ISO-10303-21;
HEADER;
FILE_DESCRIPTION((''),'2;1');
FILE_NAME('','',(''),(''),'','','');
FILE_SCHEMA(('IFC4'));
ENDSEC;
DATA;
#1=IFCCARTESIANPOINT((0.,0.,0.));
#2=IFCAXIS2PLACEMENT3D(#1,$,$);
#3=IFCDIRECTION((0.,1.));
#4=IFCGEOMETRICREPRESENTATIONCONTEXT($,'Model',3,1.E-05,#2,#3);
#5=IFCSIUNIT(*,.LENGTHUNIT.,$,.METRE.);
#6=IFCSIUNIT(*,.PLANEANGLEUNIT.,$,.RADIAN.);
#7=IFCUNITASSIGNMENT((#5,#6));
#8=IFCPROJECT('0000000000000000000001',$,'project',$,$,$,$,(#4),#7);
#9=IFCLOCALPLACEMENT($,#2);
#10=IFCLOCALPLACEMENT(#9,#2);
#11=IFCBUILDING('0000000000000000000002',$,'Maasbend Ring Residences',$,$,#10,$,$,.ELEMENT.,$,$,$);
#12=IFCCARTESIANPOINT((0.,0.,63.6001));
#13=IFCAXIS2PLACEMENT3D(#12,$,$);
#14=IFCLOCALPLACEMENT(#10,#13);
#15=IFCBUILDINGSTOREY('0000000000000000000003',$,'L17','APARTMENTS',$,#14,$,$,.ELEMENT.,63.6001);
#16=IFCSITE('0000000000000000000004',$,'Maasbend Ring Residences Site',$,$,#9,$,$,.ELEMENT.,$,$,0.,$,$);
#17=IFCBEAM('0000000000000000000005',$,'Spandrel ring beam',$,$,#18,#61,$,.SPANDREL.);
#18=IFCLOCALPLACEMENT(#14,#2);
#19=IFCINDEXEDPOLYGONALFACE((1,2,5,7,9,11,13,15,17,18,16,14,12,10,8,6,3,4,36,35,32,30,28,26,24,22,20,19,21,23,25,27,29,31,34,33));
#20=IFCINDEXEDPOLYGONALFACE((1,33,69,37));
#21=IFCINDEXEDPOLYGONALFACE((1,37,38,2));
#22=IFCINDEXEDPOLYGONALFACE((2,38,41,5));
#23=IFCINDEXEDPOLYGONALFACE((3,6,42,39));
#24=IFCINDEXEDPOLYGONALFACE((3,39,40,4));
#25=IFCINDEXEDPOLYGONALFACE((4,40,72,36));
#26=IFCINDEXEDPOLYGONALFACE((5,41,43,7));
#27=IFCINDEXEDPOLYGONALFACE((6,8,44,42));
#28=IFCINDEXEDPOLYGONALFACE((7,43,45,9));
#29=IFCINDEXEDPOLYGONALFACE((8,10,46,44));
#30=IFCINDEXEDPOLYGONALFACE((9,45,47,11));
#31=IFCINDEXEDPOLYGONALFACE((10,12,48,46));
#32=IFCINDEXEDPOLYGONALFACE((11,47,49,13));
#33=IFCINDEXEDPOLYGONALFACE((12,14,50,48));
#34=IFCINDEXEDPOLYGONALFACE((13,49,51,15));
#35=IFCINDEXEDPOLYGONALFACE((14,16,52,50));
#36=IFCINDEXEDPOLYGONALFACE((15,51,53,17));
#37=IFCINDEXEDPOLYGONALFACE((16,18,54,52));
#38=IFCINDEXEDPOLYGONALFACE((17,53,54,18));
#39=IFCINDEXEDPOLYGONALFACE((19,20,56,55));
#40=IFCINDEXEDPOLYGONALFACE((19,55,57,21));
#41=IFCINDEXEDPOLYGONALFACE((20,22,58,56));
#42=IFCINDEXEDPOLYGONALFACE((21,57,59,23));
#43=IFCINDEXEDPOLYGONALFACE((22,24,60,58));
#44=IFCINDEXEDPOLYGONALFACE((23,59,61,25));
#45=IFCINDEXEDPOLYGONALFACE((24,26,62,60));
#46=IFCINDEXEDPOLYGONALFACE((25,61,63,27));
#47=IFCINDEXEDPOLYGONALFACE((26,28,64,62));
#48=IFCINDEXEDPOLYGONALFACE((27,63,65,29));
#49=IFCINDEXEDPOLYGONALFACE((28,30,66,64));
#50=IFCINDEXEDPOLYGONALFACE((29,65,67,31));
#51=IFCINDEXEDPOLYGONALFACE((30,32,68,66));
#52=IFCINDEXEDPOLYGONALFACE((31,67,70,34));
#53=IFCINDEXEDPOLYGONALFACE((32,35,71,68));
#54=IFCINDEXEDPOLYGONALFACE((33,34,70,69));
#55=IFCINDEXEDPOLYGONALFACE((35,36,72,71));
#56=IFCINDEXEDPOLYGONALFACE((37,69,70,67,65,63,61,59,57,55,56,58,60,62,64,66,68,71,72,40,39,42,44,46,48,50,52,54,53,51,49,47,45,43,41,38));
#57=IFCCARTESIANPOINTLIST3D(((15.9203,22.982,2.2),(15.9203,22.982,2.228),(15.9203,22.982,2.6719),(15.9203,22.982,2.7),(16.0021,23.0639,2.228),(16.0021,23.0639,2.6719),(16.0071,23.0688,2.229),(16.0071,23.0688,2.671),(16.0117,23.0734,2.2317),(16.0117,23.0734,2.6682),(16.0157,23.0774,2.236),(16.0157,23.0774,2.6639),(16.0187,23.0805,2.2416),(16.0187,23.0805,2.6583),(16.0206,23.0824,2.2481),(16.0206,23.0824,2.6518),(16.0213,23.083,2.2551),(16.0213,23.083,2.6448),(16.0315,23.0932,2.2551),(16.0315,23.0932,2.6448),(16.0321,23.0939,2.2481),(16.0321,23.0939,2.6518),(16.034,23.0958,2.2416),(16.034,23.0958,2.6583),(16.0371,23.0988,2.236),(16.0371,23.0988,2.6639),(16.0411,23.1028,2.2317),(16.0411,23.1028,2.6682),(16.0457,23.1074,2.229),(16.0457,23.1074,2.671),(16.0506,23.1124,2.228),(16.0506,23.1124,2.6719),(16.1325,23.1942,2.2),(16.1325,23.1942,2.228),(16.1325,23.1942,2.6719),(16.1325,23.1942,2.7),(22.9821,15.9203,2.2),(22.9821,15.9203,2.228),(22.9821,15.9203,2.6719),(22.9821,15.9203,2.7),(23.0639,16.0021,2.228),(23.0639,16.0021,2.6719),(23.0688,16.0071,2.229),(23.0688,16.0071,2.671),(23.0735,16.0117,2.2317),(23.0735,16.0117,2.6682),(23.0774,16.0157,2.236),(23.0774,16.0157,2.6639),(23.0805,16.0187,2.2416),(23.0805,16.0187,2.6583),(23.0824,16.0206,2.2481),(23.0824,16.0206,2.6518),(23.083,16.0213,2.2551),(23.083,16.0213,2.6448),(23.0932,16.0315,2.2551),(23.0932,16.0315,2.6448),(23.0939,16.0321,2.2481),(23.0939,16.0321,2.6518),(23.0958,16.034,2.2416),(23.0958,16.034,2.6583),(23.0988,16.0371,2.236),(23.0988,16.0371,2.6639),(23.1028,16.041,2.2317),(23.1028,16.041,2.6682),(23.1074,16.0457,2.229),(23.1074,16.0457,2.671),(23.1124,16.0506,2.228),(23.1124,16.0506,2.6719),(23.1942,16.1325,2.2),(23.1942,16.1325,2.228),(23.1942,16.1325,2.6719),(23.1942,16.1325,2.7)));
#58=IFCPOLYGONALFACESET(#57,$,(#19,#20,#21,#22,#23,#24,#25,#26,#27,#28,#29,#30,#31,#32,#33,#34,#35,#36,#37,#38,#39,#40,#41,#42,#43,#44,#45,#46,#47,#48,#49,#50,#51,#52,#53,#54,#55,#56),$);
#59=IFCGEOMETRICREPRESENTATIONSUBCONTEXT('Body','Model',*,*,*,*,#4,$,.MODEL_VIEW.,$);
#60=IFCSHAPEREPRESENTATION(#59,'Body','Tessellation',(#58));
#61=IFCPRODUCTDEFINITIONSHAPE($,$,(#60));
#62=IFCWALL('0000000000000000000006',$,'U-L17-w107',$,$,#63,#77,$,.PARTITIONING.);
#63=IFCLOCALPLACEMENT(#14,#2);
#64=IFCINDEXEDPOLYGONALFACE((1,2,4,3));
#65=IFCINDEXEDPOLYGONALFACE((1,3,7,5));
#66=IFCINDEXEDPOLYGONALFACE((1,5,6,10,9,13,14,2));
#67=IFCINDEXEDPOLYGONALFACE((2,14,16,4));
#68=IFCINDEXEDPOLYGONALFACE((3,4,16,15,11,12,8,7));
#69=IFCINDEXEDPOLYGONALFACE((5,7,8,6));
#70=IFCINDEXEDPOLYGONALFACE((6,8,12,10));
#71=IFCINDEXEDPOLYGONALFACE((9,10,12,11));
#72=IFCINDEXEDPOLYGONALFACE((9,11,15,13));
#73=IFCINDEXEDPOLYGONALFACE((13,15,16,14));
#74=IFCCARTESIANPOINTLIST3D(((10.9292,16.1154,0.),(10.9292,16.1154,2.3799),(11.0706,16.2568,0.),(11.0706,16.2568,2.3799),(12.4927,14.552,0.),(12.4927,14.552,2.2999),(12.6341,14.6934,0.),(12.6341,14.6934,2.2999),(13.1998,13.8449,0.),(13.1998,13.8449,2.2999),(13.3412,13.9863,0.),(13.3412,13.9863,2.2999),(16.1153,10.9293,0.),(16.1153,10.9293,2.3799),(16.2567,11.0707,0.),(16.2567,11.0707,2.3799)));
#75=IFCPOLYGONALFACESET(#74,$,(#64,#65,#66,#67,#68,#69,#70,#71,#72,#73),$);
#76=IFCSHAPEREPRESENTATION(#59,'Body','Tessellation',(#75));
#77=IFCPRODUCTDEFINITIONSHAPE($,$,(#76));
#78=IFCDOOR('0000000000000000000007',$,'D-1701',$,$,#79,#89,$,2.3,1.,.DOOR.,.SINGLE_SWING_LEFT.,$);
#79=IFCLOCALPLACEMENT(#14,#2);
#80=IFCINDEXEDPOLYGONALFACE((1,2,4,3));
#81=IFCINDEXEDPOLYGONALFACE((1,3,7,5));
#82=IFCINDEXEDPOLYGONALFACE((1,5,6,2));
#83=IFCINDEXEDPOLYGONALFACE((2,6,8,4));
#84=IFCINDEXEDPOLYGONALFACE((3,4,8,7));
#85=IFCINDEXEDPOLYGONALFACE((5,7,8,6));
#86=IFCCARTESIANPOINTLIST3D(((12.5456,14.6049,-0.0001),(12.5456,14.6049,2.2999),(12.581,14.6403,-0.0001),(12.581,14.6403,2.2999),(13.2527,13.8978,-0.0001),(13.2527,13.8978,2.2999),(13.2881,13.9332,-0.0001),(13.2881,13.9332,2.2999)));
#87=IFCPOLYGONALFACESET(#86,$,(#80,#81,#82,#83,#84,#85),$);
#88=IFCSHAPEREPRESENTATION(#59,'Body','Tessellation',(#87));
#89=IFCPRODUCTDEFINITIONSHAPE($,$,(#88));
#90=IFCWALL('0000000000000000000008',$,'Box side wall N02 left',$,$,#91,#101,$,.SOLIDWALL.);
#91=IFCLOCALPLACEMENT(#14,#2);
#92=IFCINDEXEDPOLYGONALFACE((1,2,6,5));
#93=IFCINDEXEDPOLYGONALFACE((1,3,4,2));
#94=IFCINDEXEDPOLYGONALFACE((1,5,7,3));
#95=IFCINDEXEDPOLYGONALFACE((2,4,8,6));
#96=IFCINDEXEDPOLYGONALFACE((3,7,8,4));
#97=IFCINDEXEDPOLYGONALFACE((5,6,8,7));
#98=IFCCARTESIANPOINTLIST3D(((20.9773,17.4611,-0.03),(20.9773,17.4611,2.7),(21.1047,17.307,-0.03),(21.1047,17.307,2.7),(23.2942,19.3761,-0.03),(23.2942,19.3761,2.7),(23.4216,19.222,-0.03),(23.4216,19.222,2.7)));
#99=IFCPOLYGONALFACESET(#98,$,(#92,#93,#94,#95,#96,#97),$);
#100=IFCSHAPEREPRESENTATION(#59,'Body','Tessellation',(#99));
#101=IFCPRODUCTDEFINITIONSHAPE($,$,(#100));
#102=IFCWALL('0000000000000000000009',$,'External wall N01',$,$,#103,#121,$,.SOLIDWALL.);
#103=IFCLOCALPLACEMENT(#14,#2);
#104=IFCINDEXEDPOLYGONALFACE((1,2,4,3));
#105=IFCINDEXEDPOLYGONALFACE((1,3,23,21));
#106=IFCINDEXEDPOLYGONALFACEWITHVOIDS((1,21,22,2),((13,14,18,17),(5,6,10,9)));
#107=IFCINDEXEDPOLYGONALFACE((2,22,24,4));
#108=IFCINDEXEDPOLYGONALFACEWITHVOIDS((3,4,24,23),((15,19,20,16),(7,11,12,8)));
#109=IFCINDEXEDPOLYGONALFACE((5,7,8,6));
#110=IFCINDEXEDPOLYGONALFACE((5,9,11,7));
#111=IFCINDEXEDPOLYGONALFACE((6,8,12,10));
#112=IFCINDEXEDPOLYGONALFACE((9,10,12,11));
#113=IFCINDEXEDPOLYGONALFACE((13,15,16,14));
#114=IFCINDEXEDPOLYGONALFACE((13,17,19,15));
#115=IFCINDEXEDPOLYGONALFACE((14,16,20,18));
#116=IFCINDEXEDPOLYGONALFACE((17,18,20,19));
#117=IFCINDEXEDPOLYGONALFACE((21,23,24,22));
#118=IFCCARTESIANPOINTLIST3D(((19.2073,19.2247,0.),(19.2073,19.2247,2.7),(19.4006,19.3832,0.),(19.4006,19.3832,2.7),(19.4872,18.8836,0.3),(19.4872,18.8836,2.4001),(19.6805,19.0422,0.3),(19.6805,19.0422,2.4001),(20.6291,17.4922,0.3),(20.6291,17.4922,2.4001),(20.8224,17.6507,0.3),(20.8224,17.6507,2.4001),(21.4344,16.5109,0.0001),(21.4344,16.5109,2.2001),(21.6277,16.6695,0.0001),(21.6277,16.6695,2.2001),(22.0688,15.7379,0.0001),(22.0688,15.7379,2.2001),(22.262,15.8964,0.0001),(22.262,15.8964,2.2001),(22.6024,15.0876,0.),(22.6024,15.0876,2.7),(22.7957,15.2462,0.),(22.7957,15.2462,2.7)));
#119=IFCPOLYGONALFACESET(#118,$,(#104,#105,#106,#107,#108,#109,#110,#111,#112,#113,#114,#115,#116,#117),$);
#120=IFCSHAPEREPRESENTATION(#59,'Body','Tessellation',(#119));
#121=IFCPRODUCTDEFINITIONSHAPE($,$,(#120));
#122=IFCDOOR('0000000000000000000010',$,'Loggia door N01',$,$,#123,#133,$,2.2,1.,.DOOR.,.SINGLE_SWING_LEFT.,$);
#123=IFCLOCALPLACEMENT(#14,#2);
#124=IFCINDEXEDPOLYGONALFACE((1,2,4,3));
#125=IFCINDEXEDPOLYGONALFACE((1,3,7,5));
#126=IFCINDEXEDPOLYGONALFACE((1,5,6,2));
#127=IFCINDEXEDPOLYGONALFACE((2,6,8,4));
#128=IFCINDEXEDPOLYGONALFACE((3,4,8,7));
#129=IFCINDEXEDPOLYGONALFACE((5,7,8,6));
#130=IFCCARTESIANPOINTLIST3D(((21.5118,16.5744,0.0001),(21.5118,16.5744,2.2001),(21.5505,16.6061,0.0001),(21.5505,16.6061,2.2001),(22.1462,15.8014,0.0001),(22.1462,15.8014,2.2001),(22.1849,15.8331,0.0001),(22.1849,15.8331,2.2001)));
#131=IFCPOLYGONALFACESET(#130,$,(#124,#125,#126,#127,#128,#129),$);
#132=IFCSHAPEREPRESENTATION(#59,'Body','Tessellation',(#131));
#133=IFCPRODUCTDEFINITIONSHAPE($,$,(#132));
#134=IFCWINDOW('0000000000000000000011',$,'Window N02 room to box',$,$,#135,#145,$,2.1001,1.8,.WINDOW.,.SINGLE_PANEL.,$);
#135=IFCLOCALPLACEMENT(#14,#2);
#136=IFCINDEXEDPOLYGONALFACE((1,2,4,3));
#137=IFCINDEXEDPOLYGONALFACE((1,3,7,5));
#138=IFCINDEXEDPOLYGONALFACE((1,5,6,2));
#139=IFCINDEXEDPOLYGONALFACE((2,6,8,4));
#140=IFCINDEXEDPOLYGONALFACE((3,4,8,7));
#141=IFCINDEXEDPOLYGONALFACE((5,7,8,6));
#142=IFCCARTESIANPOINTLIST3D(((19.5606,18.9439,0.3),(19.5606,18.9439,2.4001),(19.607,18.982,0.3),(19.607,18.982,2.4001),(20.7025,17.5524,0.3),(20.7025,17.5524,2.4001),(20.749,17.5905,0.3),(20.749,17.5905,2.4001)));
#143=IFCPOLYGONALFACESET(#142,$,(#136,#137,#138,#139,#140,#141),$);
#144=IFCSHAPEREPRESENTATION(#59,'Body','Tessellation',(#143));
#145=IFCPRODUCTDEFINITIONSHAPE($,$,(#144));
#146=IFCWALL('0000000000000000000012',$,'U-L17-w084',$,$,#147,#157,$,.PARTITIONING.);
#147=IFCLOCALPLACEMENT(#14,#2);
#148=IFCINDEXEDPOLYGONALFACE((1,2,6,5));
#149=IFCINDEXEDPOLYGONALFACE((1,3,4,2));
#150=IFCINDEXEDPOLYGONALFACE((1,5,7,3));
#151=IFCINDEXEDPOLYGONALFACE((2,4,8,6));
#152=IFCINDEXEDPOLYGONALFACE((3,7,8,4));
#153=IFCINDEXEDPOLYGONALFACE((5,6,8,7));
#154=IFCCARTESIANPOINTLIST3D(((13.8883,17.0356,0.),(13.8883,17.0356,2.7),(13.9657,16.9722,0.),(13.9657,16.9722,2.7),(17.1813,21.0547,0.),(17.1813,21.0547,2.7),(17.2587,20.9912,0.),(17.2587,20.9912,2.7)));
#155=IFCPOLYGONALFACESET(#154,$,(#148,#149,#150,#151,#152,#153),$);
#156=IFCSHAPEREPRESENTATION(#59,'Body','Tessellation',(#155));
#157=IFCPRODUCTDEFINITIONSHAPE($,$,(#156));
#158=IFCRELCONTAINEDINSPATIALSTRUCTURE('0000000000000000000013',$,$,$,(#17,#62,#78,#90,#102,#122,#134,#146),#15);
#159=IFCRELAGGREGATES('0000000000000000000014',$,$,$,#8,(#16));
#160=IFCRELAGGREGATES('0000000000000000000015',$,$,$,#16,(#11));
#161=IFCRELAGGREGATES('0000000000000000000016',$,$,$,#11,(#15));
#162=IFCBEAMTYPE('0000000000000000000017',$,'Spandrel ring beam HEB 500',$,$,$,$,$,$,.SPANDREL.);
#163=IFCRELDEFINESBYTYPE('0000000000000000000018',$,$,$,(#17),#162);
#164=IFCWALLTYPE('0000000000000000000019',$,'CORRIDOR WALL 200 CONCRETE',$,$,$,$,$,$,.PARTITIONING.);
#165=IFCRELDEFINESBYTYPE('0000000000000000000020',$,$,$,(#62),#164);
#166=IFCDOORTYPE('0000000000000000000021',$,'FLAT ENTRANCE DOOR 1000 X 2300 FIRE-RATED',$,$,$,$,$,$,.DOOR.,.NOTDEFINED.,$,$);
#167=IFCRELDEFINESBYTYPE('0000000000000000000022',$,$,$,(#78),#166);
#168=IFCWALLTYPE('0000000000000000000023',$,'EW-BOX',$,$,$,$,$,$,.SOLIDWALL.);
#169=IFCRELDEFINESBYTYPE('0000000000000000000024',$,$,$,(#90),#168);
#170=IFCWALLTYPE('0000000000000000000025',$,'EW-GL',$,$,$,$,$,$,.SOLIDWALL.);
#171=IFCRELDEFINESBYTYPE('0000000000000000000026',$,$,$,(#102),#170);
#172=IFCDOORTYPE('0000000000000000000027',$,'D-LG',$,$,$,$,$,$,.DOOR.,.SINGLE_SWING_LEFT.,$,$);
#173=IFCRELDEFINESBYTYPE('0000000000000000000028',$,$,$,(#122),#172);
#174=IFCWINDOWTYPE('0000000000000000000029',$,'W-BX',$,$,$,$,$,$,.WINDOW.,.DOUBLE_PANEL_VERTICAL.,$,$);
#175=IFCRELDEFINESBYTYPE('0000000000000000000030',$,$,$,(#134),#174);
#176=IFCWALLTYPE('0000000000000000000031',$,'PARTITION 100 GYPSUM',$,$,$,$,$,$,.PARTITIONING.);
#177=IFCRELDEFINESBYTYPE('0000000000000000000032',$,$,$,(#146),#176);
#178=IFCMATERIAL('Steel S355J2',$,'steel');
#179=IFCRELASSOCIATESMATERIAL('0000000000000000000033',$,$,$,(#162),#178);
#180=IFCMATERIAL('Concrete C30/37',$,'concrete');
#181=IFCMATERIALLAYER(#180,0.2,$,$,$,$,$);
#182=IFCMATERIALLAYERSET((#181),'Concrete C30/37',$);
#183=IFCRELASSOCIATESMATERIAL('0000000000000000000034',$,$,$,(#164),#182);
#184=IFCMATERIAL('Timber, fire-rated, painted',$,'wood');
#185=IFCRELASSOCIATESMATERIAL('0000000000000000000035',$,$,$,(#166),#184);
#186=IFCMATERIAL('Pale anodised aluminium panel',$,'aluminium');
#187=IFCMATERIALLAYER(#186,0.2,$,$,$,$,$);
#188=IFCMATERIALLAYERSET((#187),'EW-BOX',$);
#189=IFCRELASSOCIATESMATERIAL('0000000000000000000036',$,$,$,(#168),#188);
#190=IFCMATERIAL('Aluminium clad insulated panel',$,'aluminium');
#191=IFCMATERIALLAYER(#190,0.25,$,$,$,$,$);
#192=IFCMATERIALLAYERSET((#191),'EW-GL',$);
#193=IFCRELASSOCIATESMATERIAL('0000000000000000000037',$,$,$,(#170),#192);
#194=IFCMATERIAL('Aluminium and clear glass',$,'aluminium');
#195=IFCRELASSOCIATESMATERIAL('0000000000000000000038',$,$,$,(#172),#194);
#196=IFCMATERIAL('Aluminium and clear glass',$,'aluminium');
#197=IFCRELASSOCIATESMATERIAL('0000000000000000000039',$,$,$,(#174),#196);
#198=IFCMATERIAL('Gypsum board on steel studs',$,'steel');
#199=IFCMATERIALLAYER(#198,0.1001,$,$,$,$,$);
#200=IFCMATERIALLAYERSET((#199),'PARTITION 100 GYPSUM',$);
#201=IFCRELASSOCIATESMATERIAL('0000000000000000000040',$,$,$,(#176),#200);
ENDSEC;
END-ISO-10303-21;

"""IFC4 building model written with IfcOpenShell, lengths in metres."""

from ifc_helpers import new_model, si_unit, direction, frame, frame_2d, origin, origin_2d, place, context, subcontext, project, spatial, rectangle, i_section, extrude, material, layer, layer_set, material_profile, profile_set, type_object, element, fill, save


model = new_model("IFC4")

# Units and contexts
model_context = context("Model", 3, precision=1e-05, world=origin(), true_north=direction((0.0, 1.0)))
body_context = subcontext(model_context, "Body", "Model", "MODEL_VIEW")
ifc_project = project(units=[si_unit("LENGTHUNIT", "METRE"), si_unit("PLANEANGLEUNIT", "RADIAN")], contexts=[model_context])

# Site, building, storey
site_placement = place(None, origin())
site = spatial("IfcSite", under=ifc_project, at=site_placement, Name="Maasbend Ring Residences Site", CompositionType="ELEMENT", RefElevation=0.0)
building_placement = place(site_placement, origin())
building = spatial("IfcBuilding", under=site, at=building_placement, Name="Maasbend Ring Residences", CompositionType="ELEMENT")
storey_placement = place(building_placement, frame((0.0, 0.0, 63.6001)))
storey = spatial("IfcBuildingStorey", under=building, at=storey_placement, Name="L17", Description="APARTMENTS", CompositionType="ELEMENT", Elevation=63.6001)

# Beam
ifc_material_1 = material(Name="Steel S355J2", Category="steel")
ifc_material_profile_1 = material_profile(ifc_material_1, i_section(OverallWidth=0.3, OverallDepth=0.5, WebThickness=0.0144, FlangeThickness=0.0281, FilletRadius=0.0271, at=origin_2d()), Name="HEB 500")
ifc_profile_set_1 = profile_set([ifc_material_profile_1], Name="Steel S355J2")
beam_type_1 = type_object("IfcBeamType", Name="Spandrel ring beam HEB 500", PredefinedType="SPANDREL", material=ifc_profile_set_1)
beam_1_placement = place(storey_placement, frame((23.0881, 16.0264, 2.45), z_axis=(-0.707107, 0.707107, 0.0), x_axis=(-0.707107, -0.707107, 0.0)))
element("IfcBeam", 1, at=beam_1_placement, inside=storey, type_object=beam_type_1, Name="Spandrel ring beam", PredefinedType="SPANDREL", context=body_context, shape_type="SweptSolid", body=[
    extrude(i_section(OverallWidth=0.3, OverallDepth=0.5, WebThickness=0.0144, FlangeThickness=0.0281, FilletRadius=0.0271, at=origin_2d()), origin(), (0.0, 0.0, 1.0), 9.9868),
])

# Wall, opening, door
ifc_material_2 = material(Name="Concrete C30/37", Category="concrete")
ifc_layer_1 = layer(ifc_material_2, 0.2)
ifc_layer_set_1 = layer_set([ifc_layer_1], Name="Concrete C30/37")
wall_type_1 = type_object("IfcWallType", Name="CORRIDOR WALL 200 CONCRETE", PredefinedType="PARTITIONING", material=ifc_layer_set_1)
wall_1_placement = place(storey_placement, frame((11.0, 16.186, 0.0), z_axis=(0.0, 0.0, 1.0), x_axis=(0.707107, -0.707107, 0.0)))
wall_1 = element("IfcWall", 2, at=wall_1_placement, inside=storey, type_object=wall_type_1, Name="U-L17-w107", PredefinedType="PARTITIONING", context=body_context, shape_type="SweptSolid", body=[
    extrude(rectangle(XDim=7.3342, YDim=0.2, at=frame_2d((3.667, 0.0))), origin(), (0.0, 0.0, 1.0), 2.3799),
])
opening_1_placement = place(wall_1_placement, frame((2.2109, 0.0, 0.0)))
opening_1 = element("IfcOpeningElement", 3, at=opening_1_placement, cuts=wall_1, PredefinedType="OPENING", context=body_context, shape_type="SweptSolid", body=[
    extrude(rectangle(XDim=1.0, YDim=2.3, at=frame_2d((0.5, 1.1499))), frame((0.0, 0.1099, 0.0), z_axis=(0.0, -1.0, 0.0), x_axis=(1.0, 0.0, 0.0)), (0.0, 0.0, 1.0), 0.22),
])
ifc_material_3 = material(Name="Timber, fire-rated, painted", Category="wood")
door_type_1 = type_object("IfcDoorType", Name="FLAT ENTRANCE DOOR 1000 X 2300 FIRE-RATED", OperationType="NOTDEFINED", PredefinedType="DOOR", material=ifc_material_3)
door_1_placement = place(opening_1_placement, origin())
door_1 = element("IfcDoor", 4, at=door_1_placement, inside=storey, type_object=door_type_1, Name="D-1701", OperationType="SINGLE_SWING_LEFT", OverallHeight=2.3, OverallWidth=1.0, PredefinedType="DOOR", context=body_context, shape_type="SweptSolid", body=[
    extrude(rectangle(XDim=1.0, YDim=2.3, at=frame_2d((0.5, 1.1499))), frame((0.0, 0.0249, 0.0), z_axis=(0.0, -1.0, 0.0), x_axis=(1.0, 0.0, 0.0)), (0.0, 0.0, 1.0), 0.05),
])
fill(opening_1, door_1)

# Wall
ifc_material_4 = material(Name="Pale anodised aluminium panel", Category="aluminium")
ifc_layer_2 = layer(ifc_material_4, 0.2)
ifc_layer_set_2 = layer_set([ifc_layer_2], Name="EW-BOX")
wall_type_2 = type_object("IfcWallType", Name="EW-BOX", PredefinedType="SOLIDWALL", material=ifc_layer_set_2)
wall_2_placement = place(storey_placement, frame((21.041, 17.384, -0.03), z_axis=(0.0, 0.0, 1.0), x_axis=(0.770785, 0.637096, 0.0)))
element("IfcWall", 5, at=wall_2_placement, inside=storey, type_object=wall_type_2, Name="Box side wall N02 left", PredefinedType="SOLIDWALL", context=body_context, shape_type="SweptSolid", body=[
    extrude(rectangle(XDim=3.0059, YDim=0.2, at=frame_2d((1.5029, 0.0))), origin(), (0.0, 0.0, 1.0), 2.73),
])

# Wall, openings, door, window
ifc_material_5 = material(Name="Aluminium clad insulated panel", Category="aluminium")
ifc_layer_3 = layer(ifc_material_5, 0.25)
ifc_layer_set_3 = layer_set([ifc_layer_3], Name="EW-GL")
wall_type_3 = type_object("IfcWallType", Name="EW-GL", PredefinedType="SOLIDWALL", material=ifc_layer_set_3)
wall_3_placement = place(storey_placement, frame((22.699, 15.167, 0.0), z_axis=(0.0, 0.0, 1.0), x_axis=(-0.634382, 0.773019, 0.0)))
wall_3 = element("IfcWall", 6, at=wall_3_placement, inside=storey, type_object=wall_type_3, Name="External wall N01", PredefinedType="SOLIDWALL", context=body_context, shape_type="SweptSolid", body=[
    extrude(rectangle(XDim=5.3518, YDim=0.25, at=frame_2d((2.6758, 0.0))), origin(), (0.0, 0.0, 1.0), 2.7),
])
opening_2_placement = place(wall_3_placement, frame((0.8411, 0.0, 0.0)))
opening_2 = element("IfcOpeningElement", 7, at=opening_2_placement, cuts=wall_3, PredefinedType="OPENING", context=body_context, shape_type="SweptSolid", body=[
    extrude(rectangle(XDim=1.0, YDim=2.2, at=frame_2d((0.5, 1.1001))), frame((0.0, 0.135, 0.0), z_axis=(0.0, -1.0, 0.0), x_axis=(1.0, 0.0, 0.0)), (0.0, 0.0, 1.0), 0.27),
])
opening_3_placement = place(wall_3_placement, frame((3.1106, 0.0, 0.3)))
opening_3 = element("IfcOpeningElement", 8, at=opening_3_placement, cuts=wall_3, PredefinedType="OPENING", context=body_context, shape_type="SweptSolid", body=[
    extrude(rectangle(XDim=1.8, YDim=2.1001, at=frame_2d((0.8999, 1.05))), frame((0.0, 0.135, 0.0), z_axis=(0.0, -1.0, 0.0), x_axis=(1.0, 0.0, 0.0)), (0.0, 0.0, 1.0), 0.27),
])
ifc_material_6 = material(Name="Aluminium and clear glass", Category="aluminium")
door_type_2 = type_object("IfcDoorType", Name="D-LG", OperationType="SINGLE_SWING_LEFT", PredefinedType="DOOR", material=ifc_material_6)
door_2_placement = place(opening_2_placement, origin())
door_2 = element("IfcDoor", 9, at=door_2_placement, inside=storey, type_object=door_type_2, Name="Loggia door N01", OperationType="SINGLE_SWING_LEFT", OverallHeight=2.2, OverallWidth=1.0, PredefinedType="DOOR", context=body_context, shape_type="SweptSolid", body=[
    extrude(rectangle(XDim=1.0, YDim=2.2, at=frame_2d((0.5, 1.1001))), frame((0.0, 0.0249, 0.0), z_axis=(0.0, -1.0, 0.0), x_axis=(1.0, 0.0, 0.0)), (0.0, 0.0, 1.0), 0.05),
])
fill(opening_2, door_2)
ifc_material_7 = material(Name="Aluminium and clear glass", Category="aluminium")
window_type = type_object("IfcWindowType", Name="W-BX", PartitioningType="DOUBLE_PANEL_VERTICAL", PredefinedType="WINDOW", material=ifc_material_7)
window_placement = place(opening_3_placement, origin())
window = element("IfcWindow", 10, at=window_placement, inside=storey, type_object=window_type, Name="Window N02 room to box", OverallHeight=2.1001, OverallWidth=1.8, PartitioningType="SINGLE_PANEL", PredefinedType="WINDOW", context=body_context, shape_type="SweptSolid", body=[
    extrude(rectangle(XDim=1.8, YDim=2.1001, at=frame_2d((0.8999, 1.05))), frame((0.0, 0.03, 0.0), z_axis=(0.0, -1.0, 0.0), x_axis=(1.0, 0.0, 0.0)), (0.0, 0.0, 1.0), 0.0601),
])
fill(opening_3, window)

# Wall
ifc_material_8 = material(Name="Gypsum board on steel studs", Category="steel")
ifc_layer_4 = layer(ifc_material_8, 0.1001)
ifc_layer_set_4 = layer_set([ifc_layer_4], Name="PARTITION 100 GYPSUM")
wall_type_4 = type_object("IfcWallType", Name="PARTITION 100 GYPSUM", PredefinedType="PARTITIONING", material=ifc_layer_set_4)
wall_4_placement = place(storey_placement, frame((13.927, 17.0039, 0.0), z_axis=(0.0, 0.0, 1.0), x_axis=(0.633775, 0.773517, 0.0)))
element("IfcWall", 11, at=wall_4_placement, inside=storey, type_object=wall_type_4, Name="U-L17-w084", PredefinedType="PARTITIONING", context=body_context, shape_type="SweptSolid", body=[
    extrude(rectangle(XDim=5.1958, YDim=0.1001, at=frame_2d((2.5979, 0.0))), origin(), (0.0, 0.0, 1.0), 2.7),
])

save(model, "model.ifc")
